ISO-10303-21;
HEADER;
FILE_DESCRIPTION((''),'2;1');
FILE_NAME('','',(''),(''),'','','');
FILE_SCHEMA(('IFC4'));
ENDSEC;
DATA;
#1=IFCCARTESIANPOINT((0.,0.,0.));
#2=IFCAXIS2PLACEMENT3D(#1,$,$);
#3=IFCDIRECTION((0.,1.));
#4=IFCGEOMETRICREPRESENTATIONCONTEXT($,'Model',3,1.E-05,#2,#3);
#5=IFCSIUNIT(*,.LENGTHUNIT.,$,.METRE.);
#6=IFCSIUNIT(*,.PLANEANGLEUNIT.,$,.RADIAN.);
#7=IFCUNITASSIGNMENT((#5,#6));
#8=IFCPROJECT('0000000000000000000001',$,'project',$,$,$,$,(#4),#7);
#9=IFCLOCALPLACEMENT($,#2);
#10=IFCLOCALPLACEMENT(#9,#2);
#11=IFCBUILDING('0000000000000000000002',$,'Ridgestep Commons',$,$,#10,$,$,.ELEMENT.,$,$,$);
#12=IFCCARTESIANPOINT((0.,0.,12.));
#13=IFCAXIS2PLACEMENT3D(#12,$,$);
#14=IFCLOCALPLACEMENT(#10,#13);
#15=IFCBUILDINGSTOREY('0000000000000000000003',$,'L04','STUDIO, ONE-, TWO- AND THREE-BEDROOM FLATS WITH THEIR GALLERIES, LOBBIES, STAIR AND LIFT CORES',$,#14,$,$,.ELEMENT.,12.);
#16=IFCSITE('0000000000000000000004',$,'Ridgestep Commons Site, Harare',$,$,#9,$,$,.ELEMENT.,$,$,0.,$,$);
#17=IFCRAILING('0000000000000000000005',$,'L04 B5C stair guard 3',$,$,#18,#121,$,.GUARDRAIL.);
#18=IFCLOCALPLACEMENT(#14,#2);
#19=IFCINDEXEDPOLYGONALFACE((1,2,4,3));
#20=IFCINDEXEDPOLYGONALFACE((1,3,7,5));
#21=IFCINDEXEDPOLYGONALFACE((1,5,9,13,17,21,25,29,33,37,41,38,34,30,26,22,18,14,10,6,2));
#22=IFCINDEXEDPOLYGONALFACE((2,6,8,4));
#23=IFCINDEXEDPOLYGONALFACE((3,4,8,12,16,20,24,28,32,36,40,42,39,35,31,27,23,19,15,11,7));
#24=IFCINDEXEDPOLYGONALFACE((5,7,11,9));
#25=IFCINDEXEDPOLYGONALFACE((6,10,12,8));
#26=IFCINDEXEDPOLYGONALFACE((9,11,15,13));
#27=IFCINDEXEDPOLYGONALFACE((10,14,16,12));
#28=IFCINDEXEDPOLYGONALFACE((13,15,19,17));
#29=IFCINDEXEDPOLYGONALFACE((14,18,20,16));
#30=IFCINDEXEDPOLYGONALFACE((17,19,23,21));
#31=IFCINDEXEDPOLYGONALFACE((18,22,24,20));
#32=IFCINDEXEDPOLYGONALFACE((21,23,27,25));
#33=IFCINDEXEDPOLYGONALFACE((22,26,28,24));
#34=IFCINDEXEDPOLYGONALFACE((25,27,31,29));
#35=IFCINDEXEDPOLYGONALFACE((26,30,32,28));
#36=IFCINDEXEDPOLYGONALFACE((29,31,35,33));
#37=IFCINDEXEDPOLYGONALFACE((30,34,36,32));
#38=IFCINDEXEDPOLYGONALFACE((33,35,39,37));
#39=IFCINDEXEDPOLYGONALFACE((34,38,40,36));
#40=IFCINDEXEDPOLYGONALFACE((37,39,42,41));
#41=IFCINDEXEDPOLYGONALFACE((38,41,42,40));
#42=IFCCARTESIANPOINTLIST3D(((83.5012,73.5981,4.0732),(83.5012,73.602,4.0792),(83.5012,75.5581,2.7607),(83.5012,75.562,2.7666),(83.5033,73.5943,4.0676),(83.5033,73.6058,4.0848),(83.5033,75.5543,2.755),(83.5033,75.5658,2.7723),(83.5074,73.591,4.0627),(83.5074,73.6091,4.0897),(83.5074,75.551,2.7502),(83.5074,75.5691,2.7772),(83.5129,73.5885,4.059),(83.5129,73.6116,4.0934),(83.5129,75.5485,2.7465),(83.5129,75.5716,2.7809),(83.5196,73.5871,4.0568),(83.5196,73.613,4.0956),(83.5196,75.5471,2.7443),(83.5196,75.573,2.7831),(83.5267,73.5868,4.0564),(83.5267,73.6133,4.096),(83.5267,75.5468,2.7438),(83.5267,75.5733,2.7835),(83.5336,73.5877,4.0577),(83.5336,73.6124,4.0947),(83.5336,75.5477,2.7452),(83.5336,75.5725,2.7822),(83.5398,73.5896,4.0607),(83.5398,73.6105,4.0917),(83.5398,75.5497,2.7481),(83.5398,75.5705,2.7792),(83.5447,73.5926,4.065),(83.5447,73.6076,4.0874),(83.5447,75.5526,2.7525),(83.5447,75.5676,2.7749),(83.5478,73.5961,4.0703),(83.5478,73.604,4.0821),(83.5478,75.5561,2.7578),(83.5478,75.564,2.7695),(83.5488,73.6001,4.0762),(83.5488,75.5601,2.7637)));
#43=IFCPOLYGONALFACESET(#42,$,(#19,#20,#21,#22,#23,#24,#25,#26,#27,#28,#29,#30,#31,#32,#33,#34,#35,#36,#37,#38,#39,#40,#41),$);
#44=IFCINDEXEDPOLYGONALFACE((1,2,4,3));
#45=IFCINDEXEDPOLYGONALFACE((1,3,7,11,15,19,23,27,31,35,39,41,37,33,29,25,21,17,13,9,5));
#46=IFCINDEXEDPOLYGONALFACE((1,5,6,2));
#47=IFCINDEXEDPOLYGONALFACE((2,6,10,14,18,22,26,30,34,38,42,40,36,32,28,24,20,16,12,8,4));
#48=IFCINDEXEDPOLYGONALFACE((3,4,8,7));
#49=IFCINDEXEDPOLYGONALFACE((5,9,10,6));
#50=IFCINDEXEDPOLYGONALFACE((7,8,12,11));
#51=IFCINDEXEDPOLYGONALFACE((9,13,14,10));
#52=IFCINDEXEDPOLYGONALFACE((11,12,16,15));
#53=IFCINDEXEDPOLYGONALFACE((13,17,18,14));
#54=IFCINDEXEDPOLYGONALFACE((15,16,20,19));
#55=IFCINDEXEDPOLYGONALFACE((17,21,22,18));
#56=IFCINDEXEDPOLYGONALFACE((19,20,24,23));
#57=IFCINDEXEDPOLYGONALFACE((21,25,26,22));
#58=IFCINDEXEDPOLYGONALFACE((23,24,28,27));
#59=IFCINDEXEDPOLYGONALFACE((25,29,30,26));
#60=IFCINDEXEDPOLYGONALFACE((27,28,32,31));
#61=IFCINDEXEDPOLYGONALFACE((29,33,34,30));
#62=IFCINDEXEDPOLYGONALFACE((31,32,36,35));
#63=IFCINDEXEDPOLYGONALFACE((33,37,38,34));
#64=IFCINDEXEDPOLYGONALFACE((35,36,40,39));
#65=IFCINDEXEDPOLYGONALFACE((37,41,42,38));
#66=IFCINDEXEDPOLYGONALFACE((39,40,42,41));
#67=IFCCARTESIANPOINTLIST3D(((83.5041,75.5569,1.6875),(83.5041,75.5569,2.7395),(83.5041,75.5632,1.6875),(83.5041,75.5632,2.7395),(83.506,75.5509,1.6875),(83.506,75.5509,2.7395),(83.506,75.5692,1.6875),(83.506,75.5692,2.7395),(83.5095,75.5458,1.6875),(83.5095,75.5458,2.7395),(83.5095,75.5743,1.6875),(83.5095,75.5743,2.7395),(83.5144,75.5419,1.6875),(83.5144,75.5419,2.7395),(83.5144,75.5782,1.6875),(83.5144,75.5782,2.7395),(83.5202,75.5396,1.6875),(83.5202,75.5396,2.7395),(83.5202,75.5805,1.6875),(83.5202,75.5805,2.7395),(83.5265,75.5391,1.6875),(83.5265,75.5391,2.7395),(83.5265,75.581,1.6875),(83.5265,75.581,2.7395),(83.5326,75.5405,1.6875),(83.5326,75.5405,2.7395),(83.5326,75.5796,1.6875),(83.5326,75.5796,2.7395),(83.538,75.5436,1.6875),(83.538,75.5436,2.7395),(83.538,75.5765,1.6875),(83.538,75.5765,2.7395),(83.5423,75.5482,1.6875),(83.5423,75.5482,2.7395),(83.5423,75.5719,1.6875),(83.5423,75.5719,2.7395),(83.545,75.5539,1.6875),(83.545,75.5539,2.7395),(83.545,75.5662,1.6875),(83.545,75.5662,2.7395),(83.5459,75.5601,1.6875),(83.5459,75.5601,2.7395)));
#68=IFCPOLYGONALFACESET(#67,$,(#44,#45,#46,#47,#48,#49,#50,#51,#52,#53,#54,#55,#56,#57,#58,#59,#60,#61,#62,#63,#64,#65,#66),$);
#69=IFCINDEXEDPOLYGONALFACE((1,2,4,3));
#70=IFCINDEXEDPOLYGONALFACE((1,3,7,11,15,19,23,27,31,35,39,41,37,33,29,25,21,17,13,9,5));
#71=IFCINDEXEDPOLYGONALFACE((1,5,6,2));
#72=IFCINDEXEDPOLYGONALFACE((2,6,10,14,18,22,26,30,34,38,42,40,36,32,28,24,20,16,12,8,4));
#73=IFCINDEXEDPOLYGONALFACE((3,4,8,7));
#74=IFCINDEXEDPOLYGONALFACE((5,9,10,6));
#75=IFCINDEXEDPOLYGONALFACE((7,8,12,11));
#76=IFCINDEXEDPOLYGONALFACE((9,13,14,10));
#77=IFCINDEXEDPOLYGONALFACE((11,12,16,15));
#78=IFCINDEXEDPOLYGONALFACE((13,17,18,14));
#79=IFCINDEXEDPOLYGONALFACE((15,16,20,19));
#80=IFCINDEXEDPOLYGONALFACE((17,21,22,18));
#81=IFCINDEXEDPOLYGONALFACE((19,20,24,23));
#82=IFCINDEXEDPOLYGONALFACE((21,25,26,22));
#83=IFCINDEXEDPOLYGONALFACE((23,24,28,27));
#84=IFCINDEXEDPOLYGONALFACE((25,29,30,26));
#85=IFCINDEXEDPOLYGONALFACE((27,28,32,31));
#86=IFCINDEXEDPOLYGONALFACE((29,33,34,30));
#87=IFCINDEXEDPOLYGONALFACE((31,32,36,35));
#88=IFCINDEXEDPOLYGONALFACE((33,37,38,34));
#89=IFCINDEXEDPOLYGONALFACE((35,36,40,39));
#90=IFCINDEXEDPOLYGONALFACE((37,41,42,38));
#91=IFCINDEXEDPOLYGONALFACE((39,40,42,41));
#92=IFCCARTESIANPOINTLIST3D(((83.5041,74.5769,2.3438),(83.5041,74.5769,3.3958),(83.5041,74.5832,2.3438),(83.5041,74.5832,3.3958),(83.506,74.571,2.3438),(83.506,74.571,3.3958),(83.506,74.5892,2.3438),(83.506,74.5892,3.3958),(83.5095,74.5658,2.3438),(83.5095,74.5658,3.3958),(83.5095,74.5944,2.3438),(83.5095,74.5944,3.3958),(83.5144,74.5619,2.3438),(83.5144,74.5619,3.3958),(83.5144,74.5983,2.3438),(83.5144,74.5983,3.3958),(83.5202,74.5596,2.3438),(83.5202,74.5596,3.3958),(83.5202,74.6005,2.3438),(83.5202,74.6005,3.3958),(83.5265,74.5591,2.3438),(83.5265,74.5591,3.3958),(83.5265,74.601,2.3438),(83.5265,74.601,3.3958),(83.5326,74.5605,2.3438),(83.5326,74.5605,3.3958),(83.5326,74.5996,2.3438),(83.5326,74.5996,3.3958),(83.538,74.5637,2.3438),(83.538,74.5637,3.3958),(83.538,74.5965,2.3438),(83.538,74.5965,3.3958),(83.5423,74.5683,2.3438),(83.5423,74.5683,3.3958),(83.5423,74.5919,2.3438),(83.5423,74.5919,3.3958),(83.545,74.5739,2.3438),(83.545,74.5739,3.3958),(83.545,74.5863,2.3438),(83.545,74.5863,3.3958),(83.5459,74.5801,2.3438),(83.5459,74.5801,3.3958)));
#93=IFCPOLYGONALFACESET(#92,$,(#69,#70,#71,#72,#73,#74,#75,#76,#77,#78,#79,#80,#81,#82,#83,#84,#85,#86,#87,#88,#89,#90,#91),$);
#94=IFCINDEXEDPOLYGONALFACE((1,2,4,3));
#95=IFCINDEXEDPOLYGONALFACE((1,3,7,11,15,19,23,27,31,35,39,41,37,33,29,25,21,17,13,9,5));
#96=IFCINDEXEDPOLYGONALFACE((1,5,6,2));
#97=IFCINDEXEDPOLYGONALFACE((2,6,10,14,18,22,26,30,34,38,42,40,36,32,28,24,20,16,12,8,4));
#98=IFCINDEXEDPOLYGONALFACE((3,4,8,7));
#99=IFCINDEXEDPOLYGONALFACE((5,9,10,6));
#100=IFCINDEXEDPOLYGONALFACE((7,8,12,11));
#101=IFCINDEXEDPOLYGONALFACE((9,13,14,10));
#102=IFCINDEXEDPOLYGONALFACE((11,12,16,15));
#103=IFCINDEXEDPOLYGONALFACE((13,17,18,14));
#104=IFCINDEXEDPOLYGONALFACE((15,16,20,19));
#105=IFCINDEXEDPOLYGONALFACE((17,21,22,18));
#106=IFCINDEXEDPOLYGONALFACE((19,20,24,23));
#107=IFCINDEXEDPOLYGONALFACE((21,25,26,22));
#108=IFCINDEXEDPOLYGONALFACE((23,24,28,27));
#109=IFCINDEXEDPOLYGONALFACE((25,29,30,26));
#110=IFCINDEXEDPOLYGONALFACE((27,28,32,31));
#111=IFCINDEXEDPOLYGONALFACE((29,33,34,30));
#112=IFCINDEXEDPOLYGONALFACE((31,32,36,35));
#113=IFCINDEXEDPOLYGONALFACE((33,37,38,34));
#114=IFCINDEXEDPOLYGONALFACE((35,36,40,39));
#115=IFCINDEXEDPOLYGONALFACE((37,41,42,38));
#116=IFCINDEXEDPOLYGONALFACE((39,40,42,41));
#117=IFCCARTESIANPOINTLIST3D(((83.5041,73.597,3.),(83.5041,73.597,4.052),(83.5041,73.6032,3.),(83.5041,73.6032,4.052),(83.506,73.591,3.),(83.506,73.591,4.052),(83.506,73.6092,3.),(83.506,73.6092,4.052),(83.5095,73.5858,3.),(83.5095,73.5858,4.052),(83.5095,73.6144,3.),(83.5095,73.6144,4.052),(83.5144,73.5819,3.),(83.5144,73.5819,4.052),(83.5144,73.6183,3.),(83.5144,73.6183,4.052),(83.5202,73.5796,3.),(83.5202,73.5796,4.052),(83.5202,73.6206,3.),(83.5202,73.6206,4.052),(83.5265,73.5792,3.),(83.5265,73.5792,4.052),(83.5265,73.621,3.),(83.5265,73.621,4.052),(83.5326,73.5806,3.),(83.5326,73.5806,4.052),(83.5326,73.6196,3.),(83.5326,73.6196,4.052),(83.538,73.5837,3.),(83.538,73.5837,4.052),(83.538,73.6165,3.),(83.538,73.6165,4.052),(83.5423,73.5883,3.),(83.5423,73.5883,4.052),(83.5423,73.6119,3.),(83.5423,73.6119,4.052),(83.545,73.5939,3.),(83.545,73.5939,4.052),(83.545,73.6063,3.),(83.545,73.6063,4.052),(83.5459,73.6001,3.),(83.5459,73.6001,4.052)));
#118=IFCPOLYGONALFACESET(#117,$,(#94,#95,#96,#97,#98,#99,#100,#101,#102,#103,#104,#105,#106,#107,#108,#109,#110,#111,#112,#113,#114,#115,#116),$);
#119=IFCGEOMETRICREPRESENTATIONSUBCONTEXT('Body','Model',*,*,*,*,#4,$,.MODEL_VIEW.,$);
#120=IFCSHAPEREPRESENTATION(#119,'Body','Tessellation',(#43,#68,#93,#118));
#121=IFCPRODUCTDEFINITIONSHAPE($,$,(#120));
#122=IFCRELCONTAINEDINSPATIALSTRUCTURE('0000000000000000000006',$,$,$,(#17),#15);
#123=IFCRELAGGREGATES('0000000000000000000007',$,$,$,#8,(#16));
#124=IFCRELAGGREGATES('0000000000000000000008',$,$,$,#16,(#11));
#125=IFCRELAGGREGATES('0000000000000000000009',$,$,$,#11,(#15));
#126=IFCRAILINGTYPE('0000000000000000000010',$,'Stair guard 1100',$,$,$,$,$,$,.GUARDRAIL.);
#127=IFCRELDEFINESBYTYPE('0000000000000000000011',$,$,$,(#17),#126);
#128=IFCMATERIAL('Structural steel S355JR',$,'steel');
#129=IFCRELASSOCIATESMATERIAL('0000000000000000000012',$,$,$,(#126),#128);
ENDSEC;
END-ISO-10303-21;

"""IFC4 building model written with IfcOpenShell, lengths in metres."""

from ifc_helpers import new_model, si_unit, direction, frame, origin, origin_2d, place, context, subcontext, project, spatial, circle, extrude, material, type_object, element, save


model = new_model("IFC4")

# Units and contexts
model_context = context("Model", 3, precision=1e-05, world=origin(), true_north=direction((0.0, 1.0)))
body_context = subcontext(model_context, "Body", "Model", "MODEL_VIEW")
ifc_project = project(units=[si_unit("LENGTHUNIT", "METRE"), si_unit("PLANEANGLEUNIT", "RADIAN")], contexts=[model_context])

# Site, building, storey
site_placement = place(None, origin())
site = spatial("IfcSite", under=ifc_project, at=site_placement, Name="Ridgestep Commons Site, Harare", CompositionType="ELEMENT", RefElevation=0.0)
building_placement = place(site_placement, origin())
building = spatial("IfcBuilding", under=site, at=building_placement, Name="Ridgestep Commons", CompositionType="ELEMENT")
storey_placement = place(building_placement, frame((0.0, 0.0, 12.0)))
storey = spatial("IfcBuildingStorey", under=building, at=storey_placement, Name="L04", Description="STUDIO, ONE-, TWO- AND THREE-BEDROOM FLATS WITH THEIR GALLERIES, LOBBIES, STAIR AND LIFT CORES", CompositionType="ELEMENT", Elevation=12.0)

# Railing
ifc_material_1 = material(Name="Structural steel S355JR", Category="steel")
railing_type = type_object("IfcRailingType", Name="Stair guard 1100", PredefinedType="GUARDRAIL", material=ifc_material_1)
railing_1_placement = place(storey_placement, frame((83.5249, 75.5601, 1.6875)))
element("IfcRailing", 1, at=railing_1_placement, inside=storey, type_object=railing_type, Name="L04 B5C stair guard 3", PredefinedType="GUARDRAIL", context=body_context, shape_type="SweptSolid", body=[
    extrude(circle(Radius=0.0239, at=origin_2d()), frame((0.0, 0.0, 1.0762), z_axis=(0.0, -0.830902, 0.556419), x_axis=(1.0, 0.0, 0.0)), (0.0, 0.0, 1.0), 2.3589),
    extrude(circle(Radius=0.021, at=origin_2d()), origin(), (0.0, 0.0, 1.0), 1.052),
    extrude(circle(Radius=0.021, at=origin_2d()), frame((0.0, -0.98, 0.6562)), (0.0, 0.0, 1.0), 1.052),
    extrude(circle(Radius=0.021, at=origin_2d()), frame((0.0, -1.96, 1.3125)), (0.0, 0.0, 1.0), 1.052),
])

save(model, "model.ifc")
